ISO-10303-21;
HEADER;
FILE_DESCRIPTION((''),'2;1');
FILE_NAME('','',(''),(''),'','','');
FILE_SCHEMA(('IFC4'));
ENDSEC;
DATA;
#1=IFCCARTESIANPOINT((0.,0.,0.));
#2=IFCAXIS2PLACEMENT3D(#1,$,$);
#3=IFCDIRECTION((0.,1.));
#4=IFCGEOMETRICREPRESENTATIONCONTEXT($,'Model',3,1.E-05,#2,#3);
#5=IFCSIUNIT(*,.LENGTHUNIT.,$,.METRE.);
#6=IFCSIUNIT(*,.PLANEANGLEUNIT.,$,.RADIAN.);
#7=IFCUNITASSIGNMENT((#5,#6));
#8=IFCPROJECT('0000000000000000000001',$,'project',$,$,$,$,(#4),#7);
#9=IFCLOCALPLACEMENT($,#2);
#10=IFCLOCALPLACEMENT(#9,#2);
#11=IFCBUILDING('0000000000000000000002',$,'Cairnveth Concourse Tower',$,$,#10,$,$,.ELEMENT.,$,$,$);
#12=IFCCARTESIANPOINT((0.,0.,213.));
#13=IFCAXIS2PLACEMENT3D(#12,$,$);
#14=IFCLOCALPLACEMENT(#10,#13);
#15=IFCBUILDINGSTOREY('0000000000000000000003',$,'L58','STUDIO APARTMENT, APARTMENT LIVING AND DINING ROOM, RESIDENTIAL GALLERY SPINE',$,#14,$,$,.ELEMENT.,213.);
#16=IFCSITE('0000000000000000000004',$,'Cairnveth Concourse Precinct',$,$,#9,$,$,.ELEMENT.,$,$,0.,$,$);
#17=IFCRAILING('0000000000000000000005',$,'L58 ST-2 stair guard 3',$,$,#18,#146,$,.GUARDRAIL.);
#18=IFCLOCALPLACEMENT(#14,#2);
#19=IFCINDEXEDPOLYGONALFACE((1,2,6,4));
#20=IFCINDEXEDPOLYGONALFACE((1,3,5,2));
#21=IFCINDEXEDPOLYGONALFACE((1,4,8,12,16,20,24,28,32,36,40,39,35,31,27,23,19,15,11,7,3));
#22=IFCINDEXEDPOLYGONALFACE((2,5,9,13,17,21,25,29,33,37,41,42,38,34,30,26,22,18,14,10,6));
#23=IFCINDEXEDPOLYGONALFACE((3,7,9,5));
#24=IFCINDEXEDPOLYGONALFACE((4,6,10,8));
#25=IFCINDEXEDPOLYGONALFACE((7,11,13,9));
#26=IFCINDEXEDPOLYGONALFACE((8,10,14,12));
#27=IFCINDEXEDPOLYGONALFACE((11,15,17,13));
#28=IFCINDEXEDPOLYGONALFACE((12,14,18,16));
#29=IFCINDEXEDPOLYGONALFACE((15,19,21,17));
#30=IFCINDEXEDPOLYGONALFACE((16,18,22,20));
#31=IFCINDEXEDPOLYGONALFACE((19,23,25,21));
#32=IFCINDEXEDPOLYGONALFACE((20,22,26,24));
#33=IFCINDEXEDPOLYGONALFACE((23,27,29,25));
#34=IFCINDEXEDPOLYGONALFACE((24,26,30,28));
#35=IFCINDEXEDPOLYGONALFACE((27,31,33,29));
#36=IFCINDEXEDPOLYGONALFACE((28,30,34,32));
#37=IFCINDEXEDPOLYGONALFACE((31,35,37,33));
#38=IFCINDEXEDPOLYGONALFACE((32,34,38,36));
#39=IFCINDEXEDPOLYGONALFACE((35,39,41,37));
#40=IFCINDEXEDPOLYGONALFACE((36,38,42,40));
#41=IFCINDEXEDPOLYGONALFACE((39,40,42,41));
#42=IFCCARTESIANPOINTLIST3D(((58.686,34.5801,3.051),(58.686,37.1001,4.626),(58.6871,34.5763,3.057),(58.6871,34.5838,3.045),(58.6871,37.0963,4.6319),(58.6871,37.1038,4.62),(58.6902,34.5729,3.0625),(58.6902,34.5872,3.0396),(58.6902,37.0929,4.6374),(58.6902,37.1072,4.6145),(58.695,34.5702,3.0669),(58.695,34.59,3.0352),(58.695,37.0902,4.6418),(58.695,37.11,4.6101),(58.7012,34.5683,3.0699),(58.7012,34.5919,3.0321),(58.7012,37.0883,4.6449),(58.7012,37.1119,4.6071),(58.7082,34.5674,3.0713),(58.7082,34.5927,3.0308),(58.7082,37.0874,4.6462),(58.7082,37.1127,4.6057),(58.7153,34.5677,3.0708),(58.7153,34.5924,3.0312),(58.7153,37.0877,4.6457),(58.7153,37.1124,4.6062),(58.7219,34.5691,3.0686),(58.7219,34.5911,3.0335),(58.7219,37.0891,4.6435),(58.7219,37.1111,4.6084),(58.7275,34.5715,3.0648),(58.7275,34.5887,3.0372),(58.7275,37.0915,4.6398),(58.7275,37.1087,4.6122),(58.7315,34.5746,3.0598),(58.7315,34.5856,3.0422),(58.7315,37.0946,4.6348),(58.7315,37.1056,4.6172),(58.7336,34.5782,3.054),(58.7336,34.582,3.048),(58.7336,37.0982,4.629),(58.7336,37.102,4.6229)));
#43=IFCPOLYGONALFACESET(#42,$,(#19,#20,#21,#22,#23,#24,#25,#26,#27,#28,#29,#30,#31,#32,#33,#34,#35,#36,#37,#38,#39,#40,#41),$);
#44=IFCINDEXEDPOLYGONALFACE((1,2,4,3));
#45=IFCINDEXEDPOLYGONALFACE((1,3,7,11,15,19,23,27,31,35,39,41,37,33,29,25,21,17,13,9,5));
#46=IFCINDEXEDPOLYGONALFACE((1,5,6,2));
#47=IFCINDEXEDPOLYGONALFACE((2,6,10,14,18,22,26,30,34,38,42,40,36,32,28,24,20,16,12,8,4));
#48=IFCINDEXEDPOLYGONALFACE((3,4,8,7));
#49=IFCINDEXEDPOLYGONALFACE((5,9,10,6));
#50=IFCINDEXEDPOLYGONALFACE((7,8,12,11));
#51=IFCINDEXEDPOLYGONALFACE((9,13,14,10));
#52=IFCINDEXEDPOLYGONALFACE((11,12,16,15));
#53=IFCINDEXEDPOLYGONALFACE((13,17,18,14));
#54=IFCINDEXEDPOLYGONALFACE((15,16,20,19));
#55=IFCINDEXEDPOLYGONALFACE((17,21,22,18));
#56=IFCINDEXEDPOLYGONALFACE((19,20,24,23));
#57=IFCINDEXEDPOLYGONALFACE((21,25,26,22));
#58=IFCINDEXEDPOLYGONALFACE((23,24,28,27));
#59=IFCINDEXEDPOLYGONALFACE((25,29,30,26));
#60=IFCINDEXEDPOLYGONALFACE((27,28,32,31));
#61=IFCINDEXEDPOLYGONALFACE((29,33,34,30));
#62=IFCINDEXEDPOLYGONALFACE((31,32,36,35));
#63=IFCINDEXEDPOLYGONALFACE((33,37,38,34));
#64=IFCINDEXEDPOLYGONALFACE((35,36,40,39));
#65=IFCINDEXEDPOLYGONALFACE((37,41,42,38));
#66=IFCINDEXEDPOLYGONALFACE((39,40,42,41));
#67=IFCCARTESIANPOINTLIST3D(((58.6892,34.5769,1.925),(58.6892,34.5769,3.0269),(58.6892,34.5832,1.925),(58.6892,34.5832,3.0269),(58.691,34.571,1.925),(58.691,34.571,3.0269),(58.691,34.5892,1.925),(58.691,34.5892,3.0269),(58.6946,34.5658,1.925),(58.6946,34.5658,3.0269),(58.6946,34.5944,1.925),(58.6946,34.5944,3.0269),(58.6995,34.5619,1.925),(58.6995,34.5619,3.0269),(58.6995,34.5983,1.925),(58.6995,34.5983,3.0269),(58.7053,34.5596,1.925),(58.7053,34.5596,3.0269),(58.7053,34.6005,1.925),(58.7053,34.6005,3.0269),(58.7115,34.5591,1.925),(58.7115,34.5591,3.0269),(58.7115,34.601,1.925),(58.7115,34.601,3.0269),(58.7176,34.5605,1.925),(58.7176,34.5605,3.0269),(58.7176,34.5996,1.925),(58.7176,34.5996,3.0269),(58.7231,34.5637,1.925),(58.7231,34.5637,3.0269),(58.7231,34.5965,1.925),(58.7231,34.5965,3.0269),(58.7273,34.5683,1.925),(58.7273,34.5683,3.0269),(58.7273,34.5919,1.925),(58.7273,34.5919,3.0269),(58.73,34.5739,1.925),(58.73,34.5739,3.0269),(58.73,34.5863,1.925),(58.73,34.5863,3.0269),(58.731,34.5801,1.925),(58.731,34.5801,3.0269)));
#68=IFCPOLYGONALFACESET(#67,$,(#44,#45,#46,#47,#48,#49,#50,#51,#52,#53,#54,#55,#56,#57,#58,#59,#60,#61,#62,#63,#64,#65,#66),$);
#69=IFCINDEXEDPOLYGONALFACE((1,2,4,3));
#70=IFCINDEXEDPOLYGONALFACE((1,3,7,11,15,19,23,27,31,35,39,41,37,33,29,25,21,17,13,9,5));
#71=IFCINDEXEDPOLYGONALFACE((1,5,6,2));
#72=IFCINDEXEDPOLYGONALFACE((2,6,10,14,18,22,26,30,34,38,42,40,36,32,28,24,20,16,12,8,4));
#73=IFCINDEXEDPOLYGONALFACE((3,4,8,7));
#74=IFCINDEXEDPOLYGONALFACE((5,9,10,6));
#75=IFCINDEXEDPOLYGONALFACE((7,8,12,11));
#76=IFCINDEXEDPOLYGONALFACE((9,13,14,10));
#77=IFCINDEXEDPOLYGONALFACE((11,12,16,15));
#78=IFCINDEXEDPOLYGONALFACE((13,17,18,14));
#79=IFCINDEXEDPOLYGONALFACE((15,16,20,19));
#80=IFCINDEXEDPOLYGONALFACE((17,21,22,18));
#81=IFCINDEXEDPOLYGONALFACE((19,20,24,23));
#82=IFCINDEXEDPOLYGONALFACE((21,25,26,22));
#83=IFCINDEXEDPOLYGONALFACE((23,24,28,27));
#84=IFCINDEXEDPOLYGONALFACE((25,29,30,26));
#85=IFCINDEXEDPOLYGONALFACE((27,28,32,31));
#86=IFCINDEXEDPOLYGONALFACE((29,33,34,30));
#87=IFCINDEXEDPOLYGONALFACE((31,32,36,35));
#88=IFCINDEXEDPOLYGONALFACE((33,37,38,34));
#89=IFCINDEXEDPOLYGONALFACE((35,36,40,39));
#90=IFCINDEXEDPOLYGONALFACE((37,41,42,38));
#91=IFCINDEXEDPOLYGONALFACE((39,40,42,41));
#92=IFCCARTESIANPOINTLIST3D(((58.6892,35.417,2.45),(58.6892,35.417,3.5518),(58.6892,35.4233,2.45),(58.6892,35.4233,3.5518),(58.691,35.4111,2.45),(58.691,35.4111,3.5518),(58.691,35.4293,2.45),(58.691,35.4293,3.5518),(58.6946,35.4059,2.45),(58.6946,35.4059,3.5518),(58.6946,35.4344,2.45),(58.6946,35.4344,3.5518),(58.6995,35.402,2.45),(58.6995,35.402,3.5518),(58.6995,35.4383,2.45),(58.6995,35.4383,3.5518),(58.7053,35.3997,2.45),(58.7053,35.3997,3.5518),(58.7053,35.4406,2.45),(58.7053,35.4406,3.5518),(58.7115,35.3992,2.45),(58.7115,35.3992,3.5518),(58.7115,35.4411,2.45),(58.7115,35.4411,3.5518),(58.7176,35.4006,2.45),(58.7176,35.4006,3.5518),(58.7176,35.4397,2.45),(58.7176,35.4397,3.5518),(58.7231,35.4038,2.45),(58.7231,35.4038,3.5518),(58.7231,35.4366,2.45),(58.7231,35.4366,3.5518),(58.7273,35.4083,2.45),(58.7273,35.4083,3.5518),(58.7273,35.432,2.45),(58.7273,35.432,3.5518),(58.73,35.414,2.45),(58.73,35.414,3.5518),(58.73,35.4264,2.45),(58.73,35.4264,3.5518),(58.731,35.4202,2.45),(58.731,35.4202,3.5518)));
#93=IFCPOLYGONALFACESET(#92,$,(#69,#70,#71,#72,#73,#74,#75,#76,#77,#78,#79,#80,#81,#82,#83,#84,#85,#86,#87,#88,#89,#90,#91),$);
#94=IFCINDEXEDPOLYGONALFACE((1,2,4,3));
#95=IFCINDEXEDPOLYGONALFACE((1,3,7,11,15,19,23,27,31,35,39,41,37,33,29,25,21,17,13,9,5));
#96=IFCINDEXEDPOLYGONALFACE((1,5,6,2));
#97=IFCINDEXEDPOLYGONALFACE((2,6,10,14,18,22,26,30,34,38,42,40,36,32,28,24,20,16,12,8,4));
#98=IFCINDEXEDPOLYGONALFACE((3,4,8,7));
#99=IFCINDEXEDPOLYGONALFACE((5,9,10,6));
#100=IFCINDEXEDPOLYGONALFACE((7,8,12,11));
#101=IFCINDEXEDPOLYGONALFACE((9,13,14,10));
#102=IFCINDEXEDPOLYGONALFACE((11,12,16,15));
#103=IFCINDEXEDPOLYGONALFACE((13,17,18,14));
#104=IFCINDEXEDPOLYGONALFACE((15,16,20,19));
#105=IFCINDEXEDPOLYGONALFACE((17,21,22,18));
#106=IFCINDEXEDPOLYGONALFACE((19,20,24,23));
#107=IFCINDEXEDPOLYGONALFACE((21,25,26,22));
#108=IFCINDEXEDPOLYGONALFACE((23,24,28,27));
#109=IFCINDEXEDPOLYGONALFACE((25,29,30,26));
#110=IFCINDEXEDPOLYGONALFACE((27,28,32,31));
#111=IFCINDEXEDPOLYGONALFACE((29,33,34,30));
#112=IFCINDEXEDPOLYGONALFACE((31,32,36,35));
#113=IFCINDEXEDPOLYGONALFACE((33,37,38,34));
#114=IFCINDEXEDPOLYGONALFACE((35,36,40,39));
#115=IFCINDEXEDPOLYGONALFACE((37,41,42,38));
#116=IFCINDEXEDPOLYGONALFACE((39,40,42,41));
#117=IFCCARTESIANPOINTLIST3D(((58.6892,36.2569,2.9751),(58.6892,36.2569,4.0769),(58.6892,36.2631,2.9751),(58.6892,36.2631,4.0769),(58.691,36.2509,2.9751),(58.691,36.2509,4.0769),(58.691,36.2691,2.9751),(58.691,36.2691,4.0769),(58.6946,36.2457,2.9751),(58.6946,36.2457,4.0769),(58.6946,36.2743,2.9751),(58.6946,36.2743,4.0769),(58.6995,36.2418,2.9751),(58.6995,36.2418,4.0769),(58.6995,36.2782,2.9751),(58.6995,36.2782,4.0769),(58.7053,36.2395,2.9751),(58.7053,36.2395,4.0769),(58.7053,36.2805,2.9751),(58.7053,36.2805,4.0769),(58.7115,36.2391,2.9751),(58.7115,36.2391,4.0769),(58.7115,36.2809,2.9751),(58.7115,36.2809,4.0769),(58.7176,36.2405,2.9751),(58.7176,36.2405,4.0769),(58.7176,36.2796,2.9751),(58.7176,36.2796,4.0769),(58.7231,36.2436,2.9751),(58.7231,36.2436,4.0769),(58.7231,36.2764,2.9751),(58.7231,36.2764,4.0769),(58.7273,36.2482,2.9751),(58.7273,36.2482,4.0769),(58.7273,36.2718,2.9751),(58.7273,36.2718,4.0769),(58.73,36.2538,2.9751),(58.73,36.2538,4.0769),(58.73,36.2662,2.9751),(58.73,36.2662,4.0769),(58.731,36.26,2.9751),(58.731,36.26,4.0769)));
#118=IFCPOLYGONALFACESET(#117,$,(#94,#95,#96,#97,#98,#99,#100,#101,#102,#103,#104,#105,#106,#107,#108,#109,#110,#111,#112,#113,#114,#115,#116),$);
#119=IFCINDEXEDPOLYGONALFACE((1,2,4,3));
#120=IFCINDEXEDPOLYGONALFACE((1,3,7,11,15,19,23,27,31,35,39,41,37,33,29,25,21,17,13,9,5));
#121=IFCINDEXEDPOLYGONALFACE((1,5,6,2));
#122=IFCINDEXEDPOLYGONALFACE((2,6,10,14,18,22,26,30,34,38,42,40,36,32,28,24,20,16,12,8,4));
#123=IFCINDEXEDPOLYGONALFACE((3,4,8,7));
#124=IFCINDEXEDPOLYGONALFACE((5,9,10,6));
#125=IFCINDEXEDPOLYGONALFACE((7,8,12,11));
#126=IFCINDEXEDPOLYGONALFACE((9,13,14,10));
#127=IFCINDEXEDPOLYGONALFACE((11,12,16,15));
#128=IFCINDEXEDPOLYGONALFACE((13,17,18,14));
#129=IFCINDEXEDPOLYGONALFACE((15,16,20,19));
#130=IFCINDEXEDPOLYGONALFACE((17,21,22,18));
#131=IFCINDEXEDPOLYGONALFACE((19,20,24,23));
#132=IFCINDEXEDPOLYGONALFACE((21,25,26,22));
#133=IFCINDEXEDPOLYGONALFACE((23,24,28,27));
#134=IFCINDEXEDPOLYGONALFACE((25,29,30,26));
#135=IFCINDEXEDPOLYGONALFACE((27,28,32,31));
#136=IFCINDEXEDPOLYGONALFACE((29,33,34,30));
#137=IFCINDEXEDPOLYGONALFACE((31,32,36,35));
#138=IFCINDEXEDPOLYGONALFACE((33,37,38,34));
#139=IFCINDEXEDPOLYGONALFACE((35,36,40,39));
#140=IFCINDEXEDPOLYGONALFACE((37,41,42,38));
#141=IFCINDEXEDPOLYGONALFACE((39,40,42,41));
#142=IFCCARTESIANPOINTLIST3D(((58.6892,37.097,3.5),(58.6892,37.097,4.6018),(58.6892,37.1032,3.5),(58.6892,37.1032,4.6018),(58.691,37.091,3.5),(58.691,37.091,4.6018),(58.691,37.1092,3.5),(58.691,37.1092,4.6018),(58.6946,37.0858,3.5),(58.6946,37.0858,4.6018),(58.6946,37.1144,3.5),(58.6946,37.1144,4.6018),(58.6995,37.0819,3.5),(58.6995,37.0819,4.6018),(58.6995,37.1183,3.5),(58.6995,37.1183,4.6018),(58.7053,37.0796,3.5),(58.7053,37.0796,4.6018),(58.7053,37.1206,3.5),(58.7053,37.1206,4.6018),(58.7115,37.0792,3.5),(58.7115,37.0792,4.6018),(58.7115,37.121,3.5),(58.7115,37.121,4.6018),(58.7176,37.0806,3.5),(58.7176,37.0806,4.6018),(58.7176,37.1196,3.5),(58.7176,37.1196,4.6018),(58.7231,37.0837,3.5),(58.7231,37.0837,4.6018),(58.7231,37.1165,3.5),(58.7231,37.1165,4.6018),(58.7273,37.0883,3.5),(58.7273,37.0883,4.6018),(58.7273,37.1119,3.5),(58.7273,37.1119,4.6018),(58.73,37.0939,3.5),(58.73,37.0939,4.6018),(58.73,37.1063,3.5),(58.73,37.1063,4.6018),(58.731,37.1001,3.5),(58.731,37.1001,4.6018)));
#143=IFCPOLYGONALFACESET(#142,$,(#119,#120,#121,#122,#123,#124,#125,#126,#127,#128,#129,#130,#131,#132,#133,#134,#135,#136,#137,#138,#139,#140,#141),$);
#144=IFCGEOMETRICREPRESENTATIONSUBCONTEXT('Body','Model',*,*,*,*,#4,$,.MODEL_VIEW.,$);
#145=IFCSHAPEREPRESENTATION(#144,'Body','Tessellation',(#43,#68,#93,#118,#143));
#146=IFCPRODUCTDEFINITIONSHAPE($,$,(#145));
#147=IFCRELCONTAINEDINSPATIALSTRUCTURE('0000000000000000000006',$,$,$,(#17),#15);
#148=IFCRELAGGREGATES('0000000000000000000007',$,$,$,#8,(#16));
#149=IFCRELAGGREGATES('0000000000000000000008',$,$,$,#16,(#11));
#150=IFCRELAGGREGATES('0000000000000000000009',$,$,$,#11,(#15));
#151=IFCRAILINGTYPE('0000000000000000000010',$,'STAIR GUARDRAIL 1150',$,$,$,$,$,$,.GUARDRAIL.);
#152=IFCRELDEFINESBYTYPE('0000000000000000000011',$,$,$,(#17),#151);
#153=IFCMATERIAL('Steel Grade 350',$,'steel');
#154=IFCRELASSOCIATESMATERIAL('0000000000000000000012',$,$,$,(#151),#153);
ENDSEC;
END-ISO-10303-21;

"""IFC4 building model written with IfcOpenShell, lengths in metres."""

from ifc_helpers import new_model, si_unit, direction, frame, origin, origin_2d, place, context, subcontext, project, spatial, circle, extrude, material, type_object, element, save


model = new_model("IFC4")

# Units and contexts
model_context = context("Model", 3, precision=1e-05, world=origin(), true_north=direction((0.0, 1.0)))
body_context = subcontext(model_context, "Body", "Model", "MODEL_VIEW")
ifc_project = project(units=[si_unit("LENGTHUNIT", "METRE"), si_unit("PLANEANGLEUNIT", "RADIAN")], contexts=[model_context])

# Site, building, storey
site_placement = place(None, origin())
site = spatial("IfcSite", under=ifc_project, at=site_placement, Name="Cairnveth Concourse Precinct", CompositionType="ELEMENT", RefElevation=0.0)
building_placement = place(site_placement, origin())
building = spatial("IfcBuilding", under=site, at=building_placement, Name="Cairnveth Concourse Tower", CompositionType="ELEMENT")
storey_placement = place(building_placement, frame((0.0, 0.0, 213.0)))
storey = spatial("IfcBuildingStorey", under=building, at=storey_placement, Name="L58", Description="STUDIO APARTMENT, APARTMENT LIVING AND DINING ROOM, RESIDENTIAL GALLERY SPINE", CompositionType="ELEMENT", Elevation=213.0)

# Shared definitions
ifc_material_1 = material(Name="Steel Grade 350", Category="steel")

# Railing
railing_type_1 = type_object("IfcRailingType", Name="STAIR GUARDRAIL 1150", PredefinedType="GUARDRAIL", material=ifc_material_1)
railing_1_placement = place(storey_placement, frame((58.71, 34.5801, 1.925)))
element("IfcRailing", 1, at=railing_1_placement, inside=storey, type_object=railing_type_1, Name="L58 ST-2 stair guard 3", PredefinedType="GUARDRAIL", context=body_context, shape_type="SweptSolid", body=[
    extrude(circle(Radius=0.0239, at=origin_2d()), frame((0.0, 0.0, 1.126), z_axis=(0.0, 0.848008, 0.529984), x_axis=(-1.0, 0.0, 0.0)), (0.0, 0.0, 1.0), 2.9717),
    extrude(circle(Radius=0.021, at=origin_2d()), origin(), (0.0, 0.0, 1.0), 1.1018),
    extrude(circle(Radius=0.021, at=origin_2d()), frame((0.0, 0.8401, 0.5249)), (0.0, 0.0, 1.0), 1.1018),
    extrude(circle(Radius=0.021, at=origin_2d()), frame((0.0, 1.6799, 1.05)), (0.0, 0.0, 1.0), 1.1018),
    extrude(circle(Radius=0.021, at=origin_2d()), frame((0.0, 2.52, 1.575)), (0.0, 0.0, 1.0), 1.1018),
])

save(model, "model.ifc")
